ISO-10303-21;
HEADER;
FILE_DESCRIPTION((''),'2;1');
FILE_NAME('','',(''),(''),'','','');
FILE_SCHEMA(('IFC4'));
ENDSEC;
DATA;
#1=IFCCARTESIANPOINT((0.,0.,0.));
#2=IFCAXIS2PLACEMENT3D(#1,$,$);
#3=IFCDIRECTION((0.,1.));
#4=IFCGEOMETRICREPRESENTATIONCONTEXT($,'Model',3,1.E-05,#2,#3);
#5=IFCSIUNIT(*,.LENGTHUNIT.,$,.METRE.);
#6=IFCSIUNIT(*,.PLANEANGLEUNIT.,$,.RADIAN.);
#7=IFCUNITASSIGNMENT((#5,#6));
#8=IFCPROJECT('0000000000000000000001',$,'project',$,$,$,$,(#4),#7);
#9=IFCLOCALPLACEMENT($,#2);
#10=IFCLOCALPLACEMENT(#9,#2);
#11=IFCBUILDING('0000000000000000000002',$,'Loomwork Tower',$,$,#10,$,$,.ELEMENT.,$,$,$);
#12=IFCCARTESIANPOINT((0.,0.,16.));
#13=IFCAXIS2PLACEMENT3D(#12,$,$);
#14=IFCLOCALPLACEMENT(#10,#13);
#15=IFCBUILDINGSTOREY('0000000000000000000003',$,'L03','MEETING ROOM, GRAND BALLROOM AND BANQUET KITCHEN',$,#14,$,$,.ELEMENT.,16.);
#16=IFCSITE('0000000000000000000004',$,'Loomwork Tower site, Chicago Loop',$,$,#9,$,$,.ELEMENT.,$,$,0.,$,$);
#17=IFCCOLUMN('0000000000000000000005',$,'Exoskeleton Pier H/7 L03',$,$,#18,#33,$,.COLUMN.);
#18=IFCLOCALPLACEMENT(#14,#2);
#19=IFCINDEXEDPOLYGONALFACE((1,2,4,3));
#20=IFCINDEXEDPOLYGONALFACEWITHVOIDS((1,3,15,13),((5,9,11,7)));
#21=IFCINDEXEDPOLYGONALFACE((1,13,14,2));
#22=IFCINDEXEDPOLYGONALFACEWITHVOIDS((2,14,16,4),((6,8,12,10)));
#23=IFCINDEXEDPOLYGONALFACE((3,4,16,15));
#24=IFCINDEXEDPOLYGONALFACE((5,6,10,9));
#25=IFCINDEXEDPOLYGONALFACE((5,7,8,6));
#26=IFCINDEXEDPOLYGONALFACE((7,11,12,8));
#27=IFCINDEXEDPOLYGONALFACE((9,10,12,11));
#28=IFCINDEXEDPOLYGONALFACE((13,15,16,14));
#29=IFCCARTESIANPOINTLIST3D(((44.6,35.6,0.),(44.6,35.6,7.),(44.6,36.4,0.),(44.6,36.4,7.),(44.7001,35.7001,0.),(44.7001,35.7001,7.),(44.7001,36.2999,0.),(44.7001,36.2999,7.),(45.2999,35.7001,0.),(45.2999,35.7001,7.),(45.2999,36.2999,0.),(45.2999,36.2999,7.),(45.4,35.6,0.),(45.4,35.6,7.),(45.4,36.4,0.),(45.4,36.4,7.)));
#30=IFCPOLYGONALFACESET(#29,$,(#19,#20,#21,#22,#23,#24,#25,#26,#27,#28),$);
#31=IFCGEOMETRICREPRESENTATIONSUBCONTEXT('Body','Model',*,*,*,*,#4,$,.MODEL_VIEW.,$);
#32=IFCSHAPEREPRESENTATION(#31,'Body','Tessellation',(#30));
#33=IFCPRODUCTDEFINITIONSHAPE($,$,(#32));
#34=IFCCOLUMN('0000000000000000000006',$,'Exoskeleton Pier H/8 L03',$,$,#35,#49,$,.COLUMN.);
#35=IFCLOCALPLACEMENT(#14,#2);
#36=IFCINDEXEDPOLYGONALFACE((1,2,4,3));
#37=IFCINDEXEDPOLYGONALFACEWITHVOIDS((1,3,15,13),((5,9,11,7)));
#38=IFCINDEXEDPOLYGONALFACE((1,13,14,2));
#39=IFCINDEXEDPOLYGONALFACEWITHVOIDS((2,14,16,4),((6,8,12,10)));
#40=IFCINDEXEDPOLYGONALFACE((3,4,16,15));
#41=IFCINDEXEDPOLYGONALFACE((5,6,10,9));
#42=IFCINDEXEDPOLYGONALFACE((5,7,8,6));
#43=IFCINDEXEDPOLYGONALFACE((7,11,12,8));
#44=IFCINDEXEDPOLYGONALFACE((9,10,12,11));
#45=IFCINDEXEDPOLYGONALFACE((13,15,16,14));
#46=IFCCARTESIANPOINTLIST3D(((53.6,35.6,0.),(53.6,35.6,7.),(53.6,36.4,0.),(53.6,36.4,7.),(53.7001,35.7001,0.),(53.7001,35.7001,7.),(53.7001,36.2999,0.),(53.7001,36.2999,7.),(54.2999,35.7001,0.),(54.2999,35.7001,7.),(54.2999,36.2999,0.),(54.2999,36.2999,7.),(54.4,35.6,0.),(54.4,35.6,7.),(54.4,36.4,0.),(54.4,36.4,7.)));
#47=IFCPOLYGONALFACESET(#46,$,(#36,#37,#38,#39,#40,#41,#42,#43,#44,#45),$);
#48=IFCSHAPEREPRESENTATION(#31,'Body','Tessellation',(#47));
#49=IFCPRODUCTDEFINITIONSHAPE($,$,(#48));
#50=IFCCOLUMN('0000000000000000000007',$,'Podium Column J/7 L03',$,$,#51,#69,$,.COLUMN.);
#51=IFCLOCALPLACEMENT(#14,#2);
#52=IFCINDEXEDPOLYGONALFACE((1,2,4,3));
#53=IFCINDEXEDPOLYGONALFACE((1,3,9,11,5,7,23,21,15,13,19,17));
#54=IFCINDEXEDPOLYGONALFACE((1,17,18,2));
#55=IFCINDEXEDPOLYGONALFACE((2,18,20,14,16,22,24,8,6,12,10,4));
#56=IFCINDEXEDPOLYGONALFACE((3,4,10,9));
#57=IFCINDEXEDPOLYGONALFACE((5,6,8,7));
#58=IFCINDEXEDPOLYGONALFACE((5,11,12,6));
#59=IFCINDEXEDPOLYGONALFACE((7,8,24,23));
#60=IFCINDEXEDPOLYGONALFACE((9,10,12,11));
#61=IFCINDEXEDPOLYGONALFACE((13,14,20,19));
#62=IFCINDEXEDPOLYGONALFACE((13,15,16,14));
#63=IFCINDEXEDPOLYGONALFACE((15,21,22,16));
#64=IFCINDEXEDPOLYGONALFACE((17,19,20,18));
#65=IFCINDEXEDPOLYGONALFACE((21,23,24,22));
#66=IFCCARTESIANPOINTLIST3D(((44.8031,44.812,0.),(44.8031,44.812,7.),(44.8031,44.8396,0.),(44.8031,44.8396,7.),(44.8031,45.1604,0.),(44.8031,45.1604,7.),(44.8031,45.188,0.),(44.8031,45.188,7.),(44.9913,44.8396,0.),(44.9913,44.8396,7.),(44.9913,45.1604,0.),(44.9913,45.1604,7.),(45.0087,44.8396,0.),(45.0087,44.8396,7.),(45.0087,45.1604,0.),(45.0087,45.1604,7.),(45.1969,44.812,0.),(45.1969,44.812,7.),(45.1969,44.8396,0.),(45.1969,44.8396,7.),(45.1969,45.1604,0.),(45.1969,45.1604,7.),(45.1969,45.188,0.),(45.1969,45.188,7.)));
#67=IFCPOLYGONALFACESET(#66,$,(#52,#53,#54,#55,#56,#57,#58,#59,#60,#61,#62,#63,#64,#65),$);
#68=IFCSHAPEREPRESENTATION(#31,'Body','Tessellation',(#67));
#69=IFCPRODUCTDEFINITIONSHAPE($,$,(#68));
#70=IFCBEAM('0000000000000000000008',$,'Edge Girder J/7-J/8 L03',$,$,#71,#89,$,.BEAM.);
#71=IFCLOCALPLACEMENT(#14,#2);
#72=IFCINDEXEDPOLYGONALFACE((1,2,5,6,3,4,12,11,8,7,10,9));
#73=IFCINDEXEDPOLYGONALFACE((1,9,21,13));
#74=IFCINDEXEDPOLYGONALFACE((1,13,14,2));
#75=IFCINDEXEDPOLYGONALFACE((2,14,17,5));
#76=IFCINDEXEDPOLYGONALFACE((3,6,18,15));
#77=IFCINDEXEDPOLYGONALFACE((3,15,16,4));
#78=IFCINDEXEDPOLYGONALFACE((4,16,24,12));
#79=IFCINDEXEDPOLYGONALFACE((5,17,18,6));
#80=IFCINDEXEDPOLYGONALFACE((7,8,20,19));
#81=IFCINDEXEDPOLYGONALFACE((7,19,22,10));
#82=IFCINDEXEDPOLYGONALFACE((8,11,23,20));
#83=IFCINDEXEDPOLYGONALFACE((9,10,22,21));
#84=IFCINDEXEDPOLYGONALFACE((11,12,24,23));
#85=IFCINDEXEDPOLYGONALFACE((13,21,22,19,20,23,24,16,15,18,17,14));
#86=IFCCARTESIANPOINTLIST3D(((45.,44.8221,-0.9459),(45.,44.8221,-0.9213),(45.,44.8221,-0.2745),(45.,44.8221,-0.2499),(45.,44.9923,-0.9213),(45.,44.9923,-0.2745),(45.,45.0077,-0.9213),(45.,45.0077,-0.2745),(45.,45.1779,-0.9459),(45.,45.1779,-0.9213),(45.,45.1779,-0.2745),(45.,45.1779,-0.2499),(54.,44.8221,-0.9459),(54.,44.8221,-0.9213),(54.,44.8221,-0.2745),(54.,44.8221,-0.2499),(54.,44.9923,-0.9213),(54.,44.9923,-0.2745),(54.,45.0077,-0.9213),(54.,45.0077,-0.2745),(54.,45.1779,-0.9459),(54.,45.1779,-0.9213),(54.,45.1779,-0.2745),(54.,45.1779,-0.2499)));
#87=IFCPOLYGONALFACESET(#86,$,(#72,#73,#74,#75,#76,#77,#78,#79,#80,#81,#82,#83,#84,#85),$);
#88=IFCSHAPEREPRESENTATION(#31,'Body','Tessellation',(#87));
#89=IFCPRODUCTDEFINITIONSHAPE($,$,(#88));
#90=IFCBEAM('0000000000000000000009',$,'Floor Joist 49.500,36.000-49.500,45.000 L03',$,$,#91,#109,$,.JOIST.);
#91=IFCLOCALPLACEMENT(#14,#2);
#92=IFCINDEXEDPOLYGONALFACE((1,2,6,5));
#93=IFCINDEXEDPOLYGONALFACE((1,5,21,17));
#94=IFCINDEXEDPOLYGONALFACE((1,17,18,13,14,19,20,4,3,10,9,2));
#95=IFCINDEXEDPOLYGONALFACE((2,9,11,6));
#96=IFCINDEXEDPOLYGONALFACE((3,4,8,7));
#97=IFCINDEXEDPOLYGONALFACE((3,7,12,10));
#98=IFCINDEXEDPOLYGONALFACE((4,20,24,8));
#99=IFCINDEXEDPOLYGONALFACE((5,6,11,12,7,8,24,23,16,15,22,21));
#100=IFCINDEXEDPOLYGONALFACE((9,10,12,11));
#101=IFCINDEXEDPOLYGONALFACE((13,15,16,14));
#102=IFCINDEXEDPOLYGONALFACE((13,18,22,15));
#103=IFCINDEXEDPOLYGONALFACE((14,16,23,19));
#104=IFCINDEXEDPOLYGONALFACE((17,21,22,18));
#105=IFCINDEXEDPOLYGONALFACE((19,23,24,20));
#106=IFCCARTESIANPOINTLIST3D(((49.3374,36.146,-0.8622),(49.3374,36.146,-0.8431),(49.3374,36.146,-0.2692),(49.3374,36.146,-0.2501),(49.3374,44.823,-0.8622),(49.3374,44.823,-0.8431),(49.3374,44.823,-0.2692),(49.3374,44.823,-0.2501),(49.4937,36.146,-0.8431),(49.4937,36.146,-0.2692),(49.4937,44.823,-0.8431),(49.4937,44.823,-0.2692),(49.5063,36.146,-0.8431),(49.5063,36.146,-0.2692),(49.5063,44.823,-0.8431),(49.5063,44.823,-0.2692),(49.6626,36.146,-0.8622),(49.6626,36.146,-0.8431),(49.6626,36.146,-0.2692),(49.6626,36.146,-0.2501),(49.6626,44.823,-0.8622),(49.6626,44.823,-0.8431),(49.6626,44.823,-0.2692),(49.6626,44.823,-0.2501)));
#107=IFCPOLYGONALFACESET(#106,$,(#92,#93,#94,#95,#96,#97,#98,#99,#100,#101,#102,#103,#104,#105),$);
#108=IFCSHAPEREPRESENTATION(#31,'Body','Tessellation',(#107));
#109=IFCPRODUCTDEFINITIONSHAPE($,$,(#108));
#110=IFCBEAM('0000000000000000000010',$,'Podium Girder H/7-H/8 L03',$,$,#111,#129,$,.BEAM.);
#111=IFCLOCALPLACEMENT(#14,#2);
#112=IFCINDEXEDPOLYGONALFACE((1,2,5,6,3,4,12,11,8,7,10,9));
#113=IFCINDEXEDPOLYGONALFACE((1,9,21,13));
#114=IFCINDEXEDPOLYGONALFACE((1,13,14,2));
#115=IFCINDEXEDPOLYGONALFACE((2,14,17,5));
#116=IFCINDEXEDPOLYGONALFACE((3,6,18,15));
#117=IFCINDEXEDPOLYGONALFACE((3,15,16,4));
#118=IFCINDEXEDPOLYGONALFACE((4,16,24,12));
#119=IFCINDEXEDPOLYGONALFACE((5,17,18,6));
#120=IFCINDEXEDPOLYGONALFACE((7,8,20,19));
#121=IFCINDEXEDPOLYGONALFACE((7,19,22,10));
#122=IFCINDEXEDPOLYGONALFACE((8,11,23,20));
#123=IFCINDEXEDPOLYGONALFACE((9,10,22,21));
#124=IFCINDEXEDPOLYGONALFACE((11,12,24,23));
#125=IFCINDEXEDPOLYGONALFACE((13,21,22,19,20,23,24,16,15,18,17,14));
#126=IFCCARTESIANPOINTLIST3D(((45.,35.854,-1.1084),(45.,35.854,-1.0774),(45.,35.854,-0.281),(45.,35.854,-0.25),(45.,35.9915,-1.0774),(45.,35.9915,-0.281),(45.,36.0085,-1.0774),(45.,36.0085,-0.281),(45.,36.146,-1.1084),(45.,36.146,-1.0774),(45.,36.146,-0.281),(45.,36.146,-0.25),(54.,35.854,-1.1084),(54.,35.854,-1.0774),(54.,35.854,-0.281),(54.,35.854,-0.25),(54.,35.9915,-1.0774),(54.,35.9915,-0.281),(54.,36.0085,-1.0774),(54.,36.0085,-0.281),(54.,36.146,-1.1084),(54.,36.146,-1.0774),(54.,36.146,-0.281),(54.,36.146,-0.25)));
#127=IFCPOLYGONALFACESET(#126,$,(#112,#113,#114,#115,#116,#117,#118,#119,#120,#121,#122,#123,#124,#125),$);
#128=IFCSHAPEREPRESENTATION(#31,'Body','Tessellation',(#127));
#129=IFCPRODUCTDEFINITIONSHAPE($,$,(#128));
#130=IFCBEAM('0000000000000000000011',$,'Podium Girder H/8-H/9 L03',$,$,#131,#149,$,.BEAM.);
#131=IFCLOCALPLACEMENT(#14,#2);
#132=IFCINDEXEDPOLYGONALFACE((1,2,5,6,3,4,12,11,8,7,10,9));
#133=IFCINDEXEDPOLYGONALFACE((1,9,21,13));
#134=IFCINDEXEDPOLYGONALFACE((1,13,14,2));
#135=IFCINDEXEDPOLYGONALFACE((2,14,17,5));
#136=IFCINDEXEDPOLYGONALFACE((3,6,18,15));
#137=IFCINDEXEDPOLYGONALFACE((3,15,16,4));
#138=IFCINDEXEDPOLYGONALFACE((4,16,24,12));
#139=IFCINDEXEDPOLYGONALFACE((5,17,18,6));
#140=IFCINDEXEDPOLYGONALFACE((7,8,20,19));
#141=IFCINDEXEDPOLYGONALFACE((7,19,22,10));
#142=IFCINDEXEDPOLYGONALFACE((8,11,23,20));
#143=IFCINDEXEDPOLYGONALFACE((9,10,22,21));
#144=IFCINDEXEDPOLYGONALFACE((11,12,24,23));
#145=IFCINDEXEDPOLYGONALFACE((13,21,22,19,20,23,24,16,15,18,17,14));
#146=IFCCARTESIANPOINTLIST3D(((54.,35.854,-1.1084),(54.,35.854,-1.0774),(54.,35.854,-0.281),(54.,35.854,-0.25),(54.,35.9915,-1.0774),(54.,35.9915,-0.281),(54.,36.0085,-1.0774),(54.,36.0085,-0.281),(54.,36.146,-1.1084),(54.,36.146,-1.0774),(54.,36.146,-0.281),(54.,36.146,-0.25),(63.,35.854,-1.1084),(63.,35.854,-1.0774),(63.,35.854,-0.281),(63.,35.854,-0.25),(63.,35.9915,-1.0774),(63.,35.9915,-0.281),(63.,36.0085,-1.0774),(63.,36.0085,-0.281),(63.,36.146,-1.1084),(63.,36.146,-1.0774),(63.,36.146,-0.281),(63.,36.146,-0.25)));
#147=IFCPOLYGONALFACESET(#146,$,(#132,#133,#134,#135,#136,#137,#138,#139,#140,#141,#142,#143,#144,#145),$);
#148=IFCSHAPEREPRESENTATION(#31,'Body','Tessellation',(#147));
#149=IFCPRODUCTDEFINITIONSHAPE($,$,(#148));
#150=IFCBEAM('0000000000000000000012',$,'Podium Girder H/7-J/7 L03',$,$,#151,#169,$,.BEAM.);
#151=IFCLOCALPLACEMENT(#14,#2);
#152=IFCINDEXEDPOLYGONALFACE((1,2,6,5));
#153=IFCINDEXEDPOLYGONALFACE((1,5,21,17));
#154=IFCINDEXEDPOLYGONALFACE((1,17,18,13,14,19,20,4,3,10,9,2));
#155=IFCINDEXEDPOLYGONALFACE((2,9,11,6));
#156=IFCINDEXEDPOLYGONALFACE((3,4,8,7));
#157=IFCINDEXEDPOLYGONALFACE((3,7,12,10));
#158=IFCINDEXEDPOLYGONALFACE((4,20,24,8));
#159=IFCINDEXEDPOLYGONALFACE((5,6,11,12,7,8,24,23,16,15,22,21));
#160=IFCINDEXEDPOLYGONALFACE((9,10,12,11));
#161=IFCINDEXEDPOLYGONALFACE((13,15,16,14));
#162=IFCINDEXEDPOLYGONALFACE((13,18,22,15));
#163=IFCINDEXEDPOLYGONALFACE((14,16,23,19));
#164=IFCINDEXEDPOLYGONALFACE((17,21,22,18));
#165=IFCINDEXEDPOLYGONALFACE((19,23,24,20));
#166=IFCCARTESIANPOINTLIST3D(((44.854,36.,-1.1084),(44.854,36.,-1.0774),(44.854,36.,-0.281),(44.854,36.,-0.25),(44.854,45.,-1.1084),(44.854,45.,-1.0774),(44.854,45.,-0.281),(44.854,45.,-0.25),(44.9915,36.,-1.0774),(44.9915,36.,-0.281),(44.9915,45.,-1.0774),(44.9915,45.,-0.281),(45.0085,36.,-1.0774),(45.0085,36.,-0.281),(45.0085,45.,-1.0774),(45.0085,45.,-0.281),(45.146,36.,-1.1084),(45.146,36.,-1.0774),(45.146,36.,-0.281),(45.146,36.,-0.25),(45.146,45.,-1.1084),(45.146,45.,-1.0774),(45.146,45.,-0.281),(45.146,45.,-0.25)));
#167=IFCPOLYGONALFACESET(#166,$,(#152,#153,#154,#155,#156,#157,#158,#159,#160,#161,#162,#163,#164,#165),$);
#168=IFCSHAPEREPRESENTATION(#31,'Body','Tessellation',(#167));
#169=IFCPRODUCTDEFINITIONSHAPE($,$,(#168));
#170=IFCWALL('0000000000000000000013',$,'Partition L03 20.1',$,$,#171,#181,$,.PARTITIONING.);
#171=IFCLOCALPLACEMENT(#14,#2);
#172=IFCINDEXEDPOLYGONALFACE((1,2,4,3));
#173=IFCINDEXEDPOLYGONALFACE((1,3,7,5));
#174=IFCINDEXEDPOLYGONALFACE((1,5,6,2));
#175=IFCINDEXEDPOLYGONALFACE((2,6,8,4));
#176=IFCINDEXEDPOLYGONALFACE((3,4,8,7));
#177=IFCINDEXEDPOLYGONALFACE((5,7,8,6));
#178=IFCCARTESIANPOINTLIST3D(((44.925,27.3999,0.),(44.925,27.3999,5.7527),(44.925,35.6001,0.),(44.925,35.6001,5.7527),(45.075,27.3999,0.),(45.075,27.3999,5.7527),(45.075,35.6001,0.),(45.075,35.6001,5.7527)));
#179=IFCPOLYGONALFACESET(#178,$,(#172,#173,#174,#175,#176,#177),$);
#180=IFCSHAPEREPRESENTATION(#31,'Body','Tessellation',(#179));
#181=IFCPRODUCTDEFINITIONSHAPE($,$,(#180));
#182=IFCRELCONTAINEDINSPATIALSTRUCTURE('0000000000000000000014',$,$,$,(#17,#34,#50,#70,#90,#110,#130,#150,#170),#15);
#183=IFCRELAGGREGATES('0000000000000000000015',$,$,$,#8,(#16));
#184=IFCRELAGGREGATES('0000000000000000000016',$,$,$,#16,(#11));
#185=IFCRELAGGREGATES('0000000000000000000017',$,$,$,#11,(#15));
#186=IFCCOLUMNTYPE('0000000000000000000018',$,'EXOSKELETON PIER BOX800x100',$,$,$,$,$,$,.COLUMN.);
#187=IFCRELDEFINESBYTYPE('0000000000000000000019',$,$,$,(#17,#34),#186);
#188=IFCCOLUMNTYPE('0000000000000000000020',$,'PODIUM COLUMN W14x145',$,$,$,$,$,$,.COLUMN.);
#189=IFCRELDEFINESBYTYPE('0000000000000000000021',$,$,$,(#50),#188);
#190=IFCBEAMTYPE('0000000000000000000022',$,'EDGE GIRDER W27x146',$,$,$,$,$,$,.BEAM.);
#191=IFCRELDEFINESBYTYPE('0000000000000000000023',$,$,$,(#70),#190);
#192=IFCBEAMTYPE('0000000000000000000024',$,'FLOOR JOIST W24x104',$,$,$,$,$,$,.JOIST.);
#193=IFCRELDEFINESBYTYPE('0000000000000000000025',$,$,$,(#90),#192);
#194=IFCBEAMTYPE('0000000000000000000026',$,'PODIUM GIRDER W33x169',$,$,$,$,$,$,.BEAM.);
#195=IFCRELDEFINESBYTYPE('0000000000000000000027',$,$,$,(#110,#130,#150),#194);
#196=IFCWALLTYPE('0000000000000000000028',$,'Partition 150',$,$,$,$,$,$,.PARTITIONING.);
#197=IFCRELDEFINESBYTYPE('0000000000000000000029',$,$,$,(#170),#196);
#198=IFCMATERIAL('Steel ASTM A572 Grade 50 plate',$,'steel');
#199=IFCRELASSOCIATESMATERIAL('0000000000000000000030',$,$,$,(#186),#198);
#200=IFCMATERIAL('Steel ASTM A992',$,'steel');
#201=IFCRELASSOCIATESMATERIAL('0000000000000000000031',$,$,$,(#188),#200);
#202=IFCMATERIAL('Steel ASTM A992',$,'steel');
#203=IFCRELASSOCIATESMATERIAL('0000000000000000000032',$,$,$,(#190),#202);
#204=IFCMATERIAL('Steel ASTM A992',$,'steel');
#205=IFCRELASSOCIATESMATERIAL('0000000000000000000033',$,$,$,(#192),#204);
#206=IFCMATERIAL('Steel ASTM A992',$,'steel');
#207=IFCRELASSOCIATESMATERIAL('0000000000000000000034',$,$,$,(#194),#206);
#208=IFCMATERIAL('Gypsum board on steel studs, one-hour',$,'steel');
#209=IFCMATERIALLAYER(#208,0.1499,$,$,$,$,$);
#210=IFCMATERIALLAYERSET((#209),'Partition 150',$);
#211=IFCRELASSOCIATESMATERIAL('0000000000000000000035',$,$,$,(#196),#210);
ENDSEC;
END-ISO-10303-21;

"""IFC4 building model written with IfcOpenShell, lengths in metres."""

from ifc_helpers import new_model, si_unit, direction, frame, frame_2d, origin, origin_2d, place, context, subcontext, project, spatial, rectangle, hollow_rectangle, i_section, extrude, material, layer, layer_set, material_profile, profile_set, type_object, element, save


model = new_model("IFC4")

# Units and contexts
model_context = context("Model", 3, precision=1e-05, world=origin(), true_north=direction((0.0, 1.0)))
body_context = subcontext(model_context, "Body", "Model", "MODEL_VIEW")
ifc_project = project(units=[si_unit("LENGTHUNIT", "METRE"), si_unit("PLANEANGLEUNIT", "RADIAN")], contexts=[model_context])

# Site, building, storey
site_placement = place(None, origin())
site = spatial("IfcSite", under=ifc_project, at=site_placement, Name="Loomwork Tower site, Chicago Loop", CompositionType="ELEMENT", RefElevation=0.0)
building_placement = place(site_placement, origin())
building = spatial("IfcBuilding", under=site, at=building_placement, Name="Loomwork Tower", CompositionType="ELEMENT")
storey_placement = place(building_placement, frame((0.0, 0.0, 16.0)))
storey = spatial("IfcBuildingStorey", under=building, at=storey_placement, Name="L03", Description="MEETING ROOM, GRAND BALLROOM AND BANQUET KITCHEN", CompositionType="ELEMENT", Elevation=16.0)

# Columns
ifc_material_1 = material(Name="Steel ASTM A572 Grade 50 plate", Category="steel")
ifc_material_profile_1 = material_profile(ifc_material_1, hollow_rectangle(XDim=0.8, YDim=0.8, WallThickness=0.1001, at=origin_2d()), Name="BOX800x100")
ifc_profile_set_1 = profile_set([ifc_material_profile_1], Name="Steel ASTM A572 Grade 50 plate")
column_type_1 = type_object("IfcColumnType", Name="EXOSKELETON PIER BOX800x100", PredefinedType="COLUMN", material=ifc_profile_set_1)
for number, where, z_axis, x_axis, name in (
    (1, (45.0, 36.0, 0.0), (0.0, 0.0, 1.0), (1.0, 0.0, 0.0), "Exoskeleton Pier H/7 L03"),
    (2, (54.0, 36.0, 0.0), (0.0, 0.0, 1.0), (1.0, 0.0, 0.0), "Exoskeleton Pier H/8 L03"),
):
    element("IfcColumn", number, at=place(storey_placement, frame(where, z_axis=z_axis, x_axis=x_axis)), inside=storey, type_object=column_type_1, Name=name, PredefinedType="COLUMN", context=body_context, shape_type="SweptSolid", body=[
        extrude(hollow_rectangle(XDim=0.8, YDim=0.8, WallThickness=0.1001, at=origin_2d()), origin(), (0.0, 0.0, 1.0), 7.0),
    ])
ifc_material_2 = material(Name="Steel ASTM A992", Category="steel")
ifc_material_profile_2 = material_profile(ifc_material_2, i_section(OverallWidth=0.3938, OverallDepth=0.376, WebThickness=0.0173, FlangeThickness=0.0276, at=origin_2d()), Name="W14x145")
ifc_profile_set_2 = profile_set([ifc_material_profile_2], Name="Steel ASTM A992")
column_type_2 = type_object("IfcColumnType", Name="PODIUM COLUMN W14x145", PredefinedType="COLUMN", material=ifc_profile_set_2)
column_placement = place(storey_placement, frame((45.0, 45.0, 0.0), z_axis=(0.0, 0.0, 1.0), x_axis=(1.0, 0.0, 0.0)))
element("IfcColumn", 3, at=column_placement, inside=storey, type_object=column_type_2, Name="Podium Column J/7 L03", PredefinedType="COLUMN", context=body_context, shape_type="SweptSolid", body=[
    extrude(i_section(OverallWidth=0.3938, OverallDepth=0.376, WebThickness=0.0173, FlangeThickness=0.0276, at=origin_2d()), origin(), (0.0, 0.0, 1.0), 7.0),
])

# Beams
ifc_material_3 = material(Name="Steel ASTM A992", Category="steel")
ifc_material_profile_3 = material_profile(ifc_material_3, i_section(OverallWidth=0.3557, OverallDepth=0.696, WebThickness=0.0154, FlangeThickness=0.0247, at=origin_2d()), Name="W27x146")
ifc_profile_set_3 = profile_set([ifc_material_profile_3], Name="Steel ASTM A992")
beam_type_1 = type_object("IfcBeamType", Name="EDGE GIRDER W27x146", PredefinedType="BEAM", material=ifc_profile_set_3)
beam_1_placement = place(storey_placement, frame((45.0, 45.0, -0.5979), z_axis=(1.0, 0.0, 0.0), x_axis=(0.0, 1.0, 0.0)))
element("IfcBeam", 4, at=beam_1_placement, inside=storey, type_object=beam_type_1, Name="Edge Girder J/7-J/8 L03", PredefinedType="BEAM", context=body_context, shape_type="SweptSolid", body=[
    extrude(i_section(OverallWidth=0.3557, OverallDepth=0.696, WebThickness=0.0154, FlangeThickness=0.0247, at=origin_2d()), origin(), (0.0, 0.0, 1.0), 9.0),
])
ifc_material_4 = material(Name="Steel ASTM A992", Category="steel")
ifc_material_profile_4 = material_profile(ifc_material_4, i_section(OverallWidth=0.3252, OverallDepth=0.6121, WebThickness=0.0127, FlangeThickness=0.019, at=origin_2d()), Name="W24x104")
ifc_profile_set_4 = profile_set([ifc_material_profile_4], Name="Steel ASTM A992")
beam_type_2 = type_object("IfcBeamType", Name="FLOOR JOIST W24x104", PredefinedType="JOIST", material=ifc_profile_set_4)
beam_2_placement = place(storey_placement, frame((49.5, 36.146, -0.5562), z_axis=(0.0, 1.0, 0.0), x_axis=(-1.0, 0.0, 0.0)))
element("IfcBeam", 5, at=beam_2_placement, inside=storey, type_object=beam_type_2, Name="Floor Joist 49.500,36.000-49.500,45.000 L03", PredefinedType="JOIST", context=body_context, shape_type="SweptSolid", body=[
    extrude(i_section(OverallWidth=0.3252, OverallDepth=0.6121, WebThickness=0.0127, FlangeThickness=0.019, at=origin_2d()), origin(), (0.0, 0.0, 1.0), 8.677),
])
ifc_material_5 = material(Name="Steel ASTM A992", Category="steel")
ifc_material_profile_5 = material_profile(ifc_material_5, i_section(OverallWidth=0.292, OverallDepth=0.8584, WebThickness=0.0171, FlangeThickness=0.031, at=origin_2d()), Name="W33x169")
ifc_profile_set_5 = profile_set([ifc_material_profile_5], Name="Steel ASTM A992")
beam_type_3 = type_object("IfcBeamType", Name="PODIUM GIRDER W33x169", PredefinedType="BEAM", material=ifc_profile_set_5)
for number, where, z_axis, x_axis, name in (
    (6, (45.0, 36.0, -0.6792), (1.0, 0.0, 0.0), (0.0, 1.0, 0.0), "Podium Girder H/7-H/8 L03"),
    (7, (54.0, 36.0, -0.6792), (1.0, 0.0, 0.0), (0.0, 1.0, 0.0), "Podium Girder H/8-H/9 L03"),
    (8, (45.0, 36.0, -0.6792), (0.0, 1.0, 0.0), (-1.0, 0.0, 0.0), "Podium Girder H/7-J/7 L03"),
):
    element("IfcBeam", number, at=place(storey_placement, frame(where, z_axis=z_axis, x_axis=x_axis)), inside=storey, type_object=beam_type_3, Name=name, PredefinedType="BEAM", context=body_context, shape_type="SweptSolid", body=[
        extrude(i_section(OverallWidth=0.292, OverallDepth=0.8584, WebThickness=0.0171, FlangeThickness=0.031, at=origin_2d()), origin(), (0.0, 0.0, 1.0), 9.0),
    ])

# Wall
ifc_material_6 = material(Name="Gypsum board on steel studs, one-hour", Category="steel")
ifc_layer_1 = layer(ifc_material_6, 0.1499)
ifc_layer_set_1 = layer_set([ifc_layer_1], Name="Partition 150")
wall_type = type_object("IfcWallType", Name="Partition 150", PredefinedType="PARTITIONING", material=ifc_layer_set_1)
wall_1_placement = place(storey_placement, frame((45.0, 27.3999, 0.0), z_axis=(0.0, 0.0, 1.0), x_axis=(0.0, 1.0, 0.0)))
element("IfcWall", 9, at=wall_1_placement, inside=storey, type_object=wall_type, Name="Partition L03 20.1", PredefinedType="PARTITIONING", context=body_context, shape_type="SweptSolid", body=[
    extrude(rectangle(XDim=8.2002, YDim=0.1499, at=frame_2d((4.1001, 0.0))), origin(), (0.0, 0.0, 1.0), 5.7527),
])

save(model, "model.ifc")
